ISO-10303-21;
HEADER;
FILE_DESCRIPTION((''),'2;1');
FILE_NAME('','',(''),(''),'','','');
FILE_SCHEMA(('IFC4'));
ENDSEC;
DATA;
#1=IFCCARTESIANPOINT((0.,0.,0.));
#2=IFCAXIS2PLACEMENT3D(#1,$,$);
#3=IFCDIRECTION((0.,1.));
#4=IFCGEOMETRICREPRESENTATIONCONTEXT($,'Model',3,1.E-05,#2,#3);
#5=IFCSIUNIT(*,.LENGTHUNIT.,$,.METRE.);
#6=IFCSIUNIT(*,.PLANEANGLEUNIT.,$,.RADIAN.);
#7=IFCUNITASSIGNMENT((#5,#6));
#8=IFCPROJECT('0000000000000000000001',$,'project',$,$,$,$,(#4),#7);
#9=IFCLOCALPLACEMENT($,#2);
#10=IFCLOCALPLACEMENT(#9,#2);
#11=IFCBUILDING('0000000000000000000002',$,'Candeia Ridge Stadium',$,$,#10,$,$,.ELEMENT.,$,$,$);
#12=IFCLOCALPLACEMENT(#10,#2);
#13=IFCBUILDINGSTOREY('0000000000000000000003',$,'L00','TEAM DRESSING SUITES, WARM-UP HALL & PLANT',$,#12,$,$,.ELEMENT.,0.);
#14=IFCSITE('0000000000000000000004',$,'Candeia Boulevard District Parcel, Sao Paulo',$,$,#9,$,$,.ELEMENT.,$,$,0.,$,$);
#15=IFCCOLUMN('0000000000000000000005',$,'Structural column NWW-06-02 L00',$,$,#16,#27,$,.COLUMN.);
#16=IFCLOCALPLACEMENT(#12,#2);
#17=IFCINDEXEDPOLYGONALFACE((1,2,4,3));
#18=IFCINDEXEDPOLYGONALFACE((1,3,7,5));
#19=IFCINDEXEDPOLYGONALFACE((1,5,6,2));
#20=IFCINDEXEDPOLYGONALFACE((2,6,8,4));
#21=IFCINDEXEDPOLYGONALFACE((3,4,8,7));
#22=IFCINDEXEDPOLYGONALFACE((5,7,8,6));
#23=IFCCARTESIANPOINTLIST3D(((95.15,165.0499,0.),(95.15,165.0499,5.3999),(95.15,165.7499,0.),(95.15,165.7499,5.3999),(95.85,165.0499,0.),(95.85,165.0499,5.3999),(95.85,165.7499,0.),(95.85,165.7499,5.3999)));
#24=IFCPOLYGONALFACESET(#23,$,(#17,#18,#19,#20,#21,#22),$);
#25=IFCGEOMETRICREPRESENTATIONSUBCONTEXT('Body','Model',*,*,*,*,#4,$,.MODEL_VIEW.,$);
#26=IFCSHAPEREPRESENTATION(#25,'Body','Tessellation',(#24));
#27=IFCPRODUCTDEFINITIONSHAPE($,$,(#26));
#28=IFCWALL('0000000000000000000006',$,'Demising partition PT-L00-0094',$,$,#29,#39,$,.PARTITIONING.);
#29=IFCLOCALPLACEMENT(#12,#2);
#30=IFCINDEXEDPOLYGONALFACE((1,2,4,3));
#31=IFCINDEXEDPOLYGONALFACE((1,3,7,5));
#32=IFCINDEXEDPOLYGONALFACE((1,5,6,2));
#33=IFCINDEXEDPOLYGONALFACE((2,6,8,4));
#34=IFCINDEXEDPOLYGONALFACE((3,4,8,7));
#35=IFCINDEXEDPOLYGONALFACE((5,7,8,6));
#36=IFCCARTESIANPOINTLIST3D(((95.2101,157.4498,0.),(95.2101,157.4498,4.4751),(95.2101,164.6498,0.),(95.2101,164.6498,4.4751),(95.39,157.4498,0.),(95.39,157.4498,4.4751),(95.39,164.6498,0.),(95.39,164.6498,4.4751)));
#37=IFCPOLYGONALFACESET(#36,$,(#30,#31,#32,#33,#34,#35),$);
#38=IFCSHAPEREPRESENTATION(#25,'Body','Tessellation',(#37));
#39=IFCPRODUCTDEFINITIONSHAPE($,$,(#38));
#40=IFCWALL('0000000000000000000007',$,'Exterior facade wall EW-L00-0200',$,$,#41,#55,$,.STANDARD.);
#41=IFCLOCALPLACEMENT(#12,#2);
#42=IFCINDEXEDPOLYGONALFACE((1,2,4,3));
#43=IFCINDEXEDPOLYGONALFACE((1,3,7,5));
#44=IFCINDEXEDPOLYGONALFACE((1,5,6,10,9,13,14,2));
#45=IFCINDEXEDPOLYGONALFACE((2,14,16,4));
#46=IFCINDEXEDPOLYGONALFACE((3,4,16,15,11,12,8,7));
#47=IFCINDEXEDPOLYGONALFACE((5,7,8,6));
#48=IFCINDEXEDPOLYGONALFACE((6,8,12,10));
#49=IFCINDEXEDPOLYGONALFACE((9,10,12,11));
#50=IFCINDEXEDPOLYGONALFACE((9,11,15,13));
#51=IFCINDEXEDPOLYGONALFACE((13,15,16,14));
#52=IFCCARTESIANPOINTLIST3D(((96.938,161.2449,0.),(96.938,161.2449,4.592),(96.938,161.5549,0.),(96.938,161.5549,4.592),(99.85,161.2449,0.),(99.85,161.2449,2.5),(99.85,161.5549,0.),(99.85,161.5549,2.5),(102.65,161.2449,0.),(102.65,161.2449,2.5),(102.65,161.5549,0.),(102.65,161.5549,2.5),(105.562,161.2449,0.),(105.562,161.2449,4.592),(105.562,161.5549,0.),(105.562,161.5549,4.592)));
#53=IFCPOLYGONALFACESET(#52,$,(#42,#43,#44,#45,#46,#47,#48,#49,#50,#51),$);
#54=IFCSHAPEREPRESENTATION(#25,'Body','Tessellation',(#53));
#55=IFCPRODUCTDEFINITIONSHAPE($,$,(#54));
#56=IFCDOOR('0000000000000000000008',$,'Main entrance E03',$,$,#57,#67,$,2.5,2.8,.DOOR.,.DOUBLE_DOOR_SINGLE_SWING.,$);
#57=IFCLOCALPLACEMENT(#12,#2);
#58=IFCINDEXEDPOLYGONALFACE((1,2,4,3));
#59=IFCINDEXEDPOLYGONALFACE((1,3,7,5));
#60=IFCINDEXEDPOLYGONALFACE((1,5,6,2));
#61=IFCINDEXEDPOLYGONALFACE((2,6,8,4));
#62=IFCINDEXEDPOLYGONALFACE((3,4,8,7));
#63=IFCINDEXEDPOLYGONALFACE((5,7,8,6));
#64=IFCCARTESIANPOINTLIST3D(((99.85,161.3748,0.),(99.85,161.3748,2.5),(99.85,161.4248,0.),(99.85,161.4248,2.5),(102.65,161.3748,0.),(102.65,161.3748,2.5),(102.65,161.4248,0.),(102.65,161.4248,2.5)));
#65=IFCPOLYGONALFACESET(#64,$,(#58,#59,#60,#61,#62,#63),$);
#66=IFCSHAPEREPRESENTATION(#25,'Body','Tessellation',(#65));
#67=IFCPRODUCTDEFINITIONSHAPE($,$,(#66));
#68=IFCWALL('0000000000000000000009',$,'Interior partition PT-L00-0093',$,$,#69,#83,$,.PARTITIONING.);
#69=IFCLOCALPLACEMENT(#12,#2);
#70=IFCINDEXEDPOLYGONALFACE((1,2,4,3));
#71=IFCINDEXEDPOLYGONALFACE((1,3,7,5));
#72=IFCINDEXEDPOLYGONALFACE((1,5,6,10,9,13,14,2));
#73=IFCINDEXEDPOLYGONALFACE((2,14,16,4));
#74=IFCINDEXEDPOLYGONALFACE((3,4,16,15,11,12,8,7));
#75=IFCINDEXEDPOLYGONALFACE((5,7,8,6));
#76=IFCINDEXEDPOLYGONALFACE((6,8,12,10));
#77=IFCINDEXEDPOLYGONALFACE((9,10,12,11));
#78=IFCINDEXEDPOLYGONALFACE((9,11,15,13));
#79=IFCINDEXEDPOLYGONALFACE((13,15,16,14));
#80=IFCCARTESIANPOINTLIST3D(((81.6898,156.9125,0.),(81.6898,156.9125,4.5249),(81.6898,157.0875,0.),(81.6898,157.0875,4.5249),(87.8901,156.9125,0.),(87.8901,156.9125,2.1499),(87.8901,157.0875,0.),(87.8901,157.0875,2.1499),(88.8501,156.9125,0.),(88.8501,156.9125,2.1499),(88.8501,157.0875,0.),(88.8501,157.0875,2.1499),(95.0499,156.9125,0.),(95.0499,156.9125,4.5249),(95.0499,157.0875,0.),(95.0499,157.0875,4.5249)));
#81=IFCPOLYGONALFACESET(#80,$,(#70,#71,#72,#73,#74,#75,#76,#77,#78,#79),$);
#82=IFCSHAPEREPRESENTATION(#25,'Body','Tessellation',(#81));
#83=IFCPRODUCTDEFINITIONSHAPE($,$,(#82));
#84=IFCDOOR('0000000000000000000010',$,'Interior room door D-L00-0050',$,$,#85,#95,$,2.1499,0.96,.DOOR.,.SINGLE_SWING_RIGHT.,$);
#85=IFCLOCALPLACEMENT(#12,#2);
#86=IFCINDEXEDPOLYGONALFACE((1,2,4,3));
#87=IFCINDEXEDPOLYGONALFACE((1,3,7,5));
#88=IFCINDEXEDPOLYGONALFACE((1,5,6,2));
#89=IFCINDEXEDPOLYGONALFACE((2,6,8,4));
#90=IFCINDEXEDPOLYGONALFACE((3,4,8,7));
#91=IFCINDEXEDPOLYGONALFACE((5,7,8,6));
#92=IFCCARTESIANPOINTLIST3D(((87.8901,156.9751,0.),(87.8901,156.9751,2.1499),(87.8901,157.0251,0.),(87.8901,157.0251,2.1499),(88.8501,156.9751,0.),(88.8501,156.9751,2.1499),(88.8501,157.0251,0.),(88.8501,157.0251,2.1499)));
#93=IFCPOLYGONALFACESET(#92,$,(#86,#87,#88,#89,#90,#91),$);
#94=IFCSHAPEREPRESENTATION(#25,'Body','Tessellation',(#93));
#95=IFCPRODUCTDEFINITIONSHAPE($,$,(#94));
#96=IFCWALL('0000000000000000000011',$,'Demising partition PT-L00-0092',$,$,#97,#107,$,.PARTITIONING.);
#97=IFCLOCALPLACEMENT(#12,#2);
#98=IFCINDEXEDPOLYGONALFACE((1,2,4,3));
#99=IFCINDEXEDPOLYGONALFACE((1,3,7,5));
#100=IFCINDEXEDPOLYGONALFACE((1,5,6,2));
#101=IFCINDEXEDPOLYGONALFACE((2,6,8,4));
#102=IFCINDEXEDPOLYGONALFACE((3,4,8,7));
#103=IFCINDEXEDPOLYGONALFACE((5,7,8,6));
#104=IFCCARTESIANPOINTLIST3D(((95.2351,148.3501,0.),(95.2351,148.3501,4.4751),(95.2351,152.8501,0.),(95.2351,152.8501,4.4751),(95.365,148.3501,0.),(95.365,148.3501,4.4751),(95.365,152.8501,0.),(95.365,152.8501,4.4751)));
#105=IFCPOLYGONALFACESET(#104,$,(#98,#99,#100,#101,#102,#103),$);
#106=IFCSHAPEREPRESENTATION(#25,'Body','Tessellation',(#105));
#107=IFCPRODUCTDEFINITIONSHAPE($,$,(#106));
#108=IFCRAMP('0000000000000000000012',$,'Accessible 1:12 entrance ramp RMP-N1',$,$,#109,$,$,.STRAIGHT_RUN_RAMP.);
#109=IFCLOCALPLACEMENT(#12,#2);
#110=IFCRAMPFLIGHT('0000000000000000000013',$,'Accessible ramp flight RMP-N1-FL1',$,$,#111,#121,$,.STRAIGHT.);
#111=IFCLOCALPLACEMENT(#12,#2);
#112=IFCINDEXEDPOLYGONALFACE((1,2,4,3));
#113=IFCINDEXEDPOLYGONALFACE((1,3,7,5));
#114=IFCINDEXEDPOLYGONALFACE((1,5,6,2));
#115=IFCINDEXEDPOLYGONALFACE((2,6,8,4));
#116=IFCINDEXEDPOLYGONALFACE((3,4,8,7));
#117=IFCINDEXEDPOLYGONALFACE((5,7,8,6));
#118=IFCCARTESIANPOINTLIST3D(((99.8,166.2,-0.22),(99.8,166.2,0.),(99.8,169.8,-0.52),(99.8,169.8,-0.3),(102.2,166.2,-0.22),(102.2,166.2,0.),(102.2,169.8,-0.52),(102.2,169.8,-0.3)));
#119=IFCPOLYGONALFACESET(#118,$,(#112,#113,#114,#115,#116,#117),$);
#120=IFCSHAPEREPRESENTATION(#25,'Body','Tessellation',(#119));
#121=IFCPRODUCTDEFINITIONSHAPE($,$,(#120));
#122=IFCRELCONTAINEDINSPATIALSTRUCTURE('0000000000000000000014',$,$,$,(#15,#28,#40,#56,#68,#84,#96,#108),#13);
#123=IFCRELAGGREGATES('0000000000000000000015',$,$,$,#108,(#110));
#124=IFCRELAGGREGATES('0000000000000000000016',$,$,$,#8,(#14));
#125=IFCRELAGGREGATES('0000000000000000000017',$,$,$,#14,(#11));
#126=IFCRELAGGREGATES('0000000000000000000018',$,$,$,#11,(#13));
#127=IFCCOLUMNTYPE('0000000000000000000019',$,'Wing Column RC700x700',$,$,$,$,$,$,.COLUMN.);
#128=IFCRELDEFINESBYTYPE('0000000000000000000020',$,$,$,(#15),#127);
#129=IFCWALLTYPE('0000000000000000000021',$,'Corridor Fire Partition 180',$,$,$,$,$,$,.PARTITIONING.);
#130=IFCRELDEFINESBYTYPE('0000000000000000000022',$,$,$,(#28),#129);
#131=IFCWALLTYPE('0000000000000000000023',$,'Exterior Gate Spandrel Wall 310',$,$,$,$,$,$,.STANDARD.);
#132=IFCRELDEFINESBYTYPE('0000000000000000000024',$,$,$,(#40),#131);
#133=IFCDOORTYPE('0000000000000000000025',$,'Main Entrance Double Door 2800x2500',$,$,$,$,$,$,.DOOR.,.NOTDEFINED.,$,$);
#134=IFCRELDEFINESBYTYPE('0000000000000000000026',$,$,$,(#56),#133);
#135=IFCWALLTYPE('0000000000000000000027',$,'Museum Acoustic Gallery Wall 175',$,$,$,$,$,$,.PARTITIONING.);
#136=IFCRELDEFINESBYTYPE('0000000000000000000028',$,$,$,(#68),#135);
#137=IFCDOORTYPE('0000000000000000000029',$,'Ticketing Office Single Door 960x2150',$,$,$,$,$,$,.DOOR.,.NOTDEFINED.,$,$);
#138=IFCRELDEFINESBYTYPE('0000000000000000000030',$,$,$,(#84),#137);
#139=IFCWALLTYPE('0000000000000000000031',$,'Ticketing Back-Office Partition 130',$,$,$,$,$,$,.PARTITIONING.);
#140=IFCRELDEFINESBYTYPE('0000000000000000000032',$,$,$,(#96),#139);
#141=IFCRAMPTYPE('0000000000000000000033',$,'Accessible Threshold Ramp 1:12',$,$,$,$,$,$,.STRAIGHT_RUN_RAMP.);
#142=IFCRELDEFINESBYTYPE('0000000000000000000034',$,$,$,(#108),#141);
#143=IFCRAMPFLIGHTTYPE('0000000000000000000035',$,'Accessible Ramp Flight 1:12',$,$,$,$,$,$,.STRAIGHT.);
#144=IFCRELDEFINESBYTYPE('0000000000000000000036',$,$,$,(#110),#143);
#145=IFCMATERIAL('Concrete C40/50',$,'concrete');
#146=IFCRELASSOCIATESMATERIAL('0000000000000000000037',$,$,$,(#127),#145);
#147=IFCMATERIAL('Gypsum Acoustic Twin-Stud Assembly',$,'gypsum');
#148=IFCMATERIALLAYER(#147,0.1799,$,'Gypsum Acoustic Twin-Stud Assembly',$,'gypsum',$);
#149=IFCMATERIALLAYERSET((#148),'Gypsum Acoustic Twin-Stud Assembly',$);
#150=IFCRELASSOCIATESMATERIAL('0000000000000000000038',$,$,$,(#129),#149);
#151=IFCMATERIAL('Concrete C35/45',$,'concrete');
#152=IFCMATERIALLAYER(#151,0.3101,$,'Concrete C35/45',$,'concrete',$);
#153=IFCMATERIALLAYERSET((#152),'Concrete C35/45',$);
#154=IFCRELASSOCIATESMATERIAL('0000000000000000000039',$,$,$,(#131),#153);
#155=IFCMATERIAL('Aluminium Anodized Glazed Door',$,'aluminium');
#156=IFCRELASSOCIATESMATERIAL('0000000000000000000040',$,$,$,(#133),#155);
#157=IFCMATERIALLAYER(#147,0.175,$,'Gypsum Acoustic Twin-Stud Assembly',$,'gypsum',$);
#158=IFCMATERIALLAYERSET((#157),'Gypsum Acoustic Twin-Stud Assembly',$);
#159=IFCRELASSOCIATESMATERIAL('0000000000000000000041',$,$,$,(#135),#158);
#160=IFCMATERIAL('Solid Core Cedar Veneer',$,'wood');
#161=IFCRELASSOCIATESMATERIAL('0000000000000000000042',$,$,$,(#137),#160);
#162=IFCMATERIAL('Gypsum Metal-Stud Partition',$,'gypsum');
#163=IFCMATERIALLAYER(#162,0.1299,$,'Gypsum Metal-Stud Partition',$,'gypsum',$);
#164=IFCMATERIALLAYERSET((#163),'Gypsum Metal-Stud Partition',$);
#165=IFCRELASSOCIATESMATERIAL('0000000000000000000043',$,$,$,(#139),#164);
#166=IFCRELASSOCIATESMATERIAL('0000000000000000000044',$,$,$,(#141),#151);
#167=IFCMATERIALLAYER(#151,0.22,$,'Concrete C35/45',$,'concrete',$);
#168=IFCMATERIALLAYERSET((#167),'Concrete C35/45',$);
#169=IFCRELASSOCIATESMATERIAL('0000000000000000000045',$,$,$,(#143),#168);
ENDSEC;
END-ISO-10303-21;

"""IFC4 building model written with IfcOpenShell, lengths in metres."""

from ifc_helpers import new_model, si_unit, direction, frame, frame_2d, origin, origin_2d, place, context, subcontext, project, spatial, polyline, rectangle, outline, extrude, material, layer, layer_set, material_profile, profile_set, type_object, element, fill, aggregate, save


model = new_model("IFC4")

# Units and contexts
model_context = context("Model", 3, precision=1e-05, world=origin(), true_north=direction((0.0, 1.0)))
body_context = subcontext(model_context, "Body", "Model", "MODEL_VIEW")
ifc_project = project(units=[si_unit("LENGTHUNIT", "METRE"), si_unit("PLANEANGLEUNIT", "RADIAN")], contexts=[model_context])

# Site, building, storey
site_placement = place(None, origin())
site = spatial("IfcSite", under=ifc_project, at=site_placement, Name="Candeia Boulevard District Parcel, Sao Paulo", CompositionType="ELEMENT", RefElevation=0.0)
building_placement = place(site_placement, origin())
building = spatial("IfcBuilding", under=site, at=building_placement, Name="Candeia Ridge Stadium", CompositionType="ELEMENT")
storey_placement = place(building_placement, origin())
storey = spatial("IfcBuildingStorey", under=building, at=storey_placement, Name="L00", Description="TEAM DRESSING SUITES, WARM-UP HALL & PLANT", CompositionType="ELEMENT", Elevation=0.0)

# Shared definitions
ifc_material_1 = material(Name="Concrete C40/50", Category="concrete")

# Column
ifc_material_profile_1 = material_profile(ifc_material_1, rectangle(XDim=0.7, YDim=0.7, at=origin_2d()), Name="RC700x700", Category="concrete")
ifc_profile_set_1 = profile_set([ifc_material_profile_1], Name="Concrete C40/50")
column_type_1 = type_object("IfcColumnType", Name="Wing Column RC700x700", PredefinedType="COLUMN", material=ifc_profile_set_1)
column_placement = place(storey_placement, frame((95.5, 165.3999, 0.0), z_axis=(0.0, 0.0, 1.0), x_axis=(1.0, 0.0, 0.0)))
element("IfcColumn", 1, at=column_placement, inside=storey, type_object=column_type_1, Name="Structural column NWW-06-02 L00", PredefinedType="COLUMN", context=body_context, shape_type="SweptSolid", body=[
    extrude(rectangle(XDim=0.7, YDim=0.7, at=origin_2d()), origin(), (0.0, 0.0, 1.0), 5.3999),
])

# Wall
ifc_material_2 = material(Name="Gypsum Acoustic Twin-Stud Assembly", Category="gypsum")
ifc_layer_1 = layer(ifc_material_2, 0.1799, Name="Gypsum Acoustic Twin-Stud Assembly", Category="gypsum")
ifc_layer_set_1 = layer_set([ifc_layer_1], Name="Gypsum Acoustic Twin-Stud Assembly")
wall_type_1 = type_object("IfcWallType", Name="Corridor Fire Partition 180", PredefinedType="PARTITIONING", material=ifc_layer_set_1)
wall_1_placement = place(storey_placement, frame((95.3, 164.6499, 0.0), z_axis=(0.0, 0.0, 1.0), x_axis=(0.0, -1.0, 0.0)))
element("IfcWall", 2, at=wall_1_placement, inside=storey, type_object=wall_type_1, Name="Demising partition PT-L00-0094", PredefinedType="PARTITIONING", context=body_context, shape_type="SweptSolid", body=[
    extrude(rectangle(XDim=7.2, YDim=0.1799, at=frame_2d((3.6001, 0.0))), origin(), (0.0, 0.0, 1.0), 4.4751),
])

# Walls, openings, doors
ifc_material_3 = material(Name="Concrete C35/45", Category="concrete")
ifc_layer_2 = layer(ifc_material_3, 0.3101, Name="Concrete C35/45", Category="concrete")
ifc_layer_set_2 = layer_set([ifc_layer_2], Name="Concrete C35/45")
wall_type_2 = type_object("IfcWallType", Name="Exterior Gate Spandrel Wall 310", PredefinedType="STANDARD", material=ifc_layer_set_2)
wall_2_placement = place(storey_placement, frame((96.938, 161.3999, 0.0), z_axis=(0.0, 0.0, 1.0), x_axis=(1.0, 0.0, 0.0)))
wall_2 = element("IfcWall", 3, at=wall_2_placement, inside=storey, type_object=wall_type_2, Name="Exterior facade wall EW-L00-0200", PredefinedType="STANDARD", context=body_context, shape_type="SweptSolid", body=[
    extrude(rectangle(XDim=8.624, YDim=0.3101, at=frame_2d((4.312, 0.0))), origin(), (0.0, 0.0, 1.0), 4.592),
])
opening_1_placement = place(wall_2_placement, frame((2.9121, 0.0, 0.0)))
opening_1 = element("IfcOpeningElement", 4, at=opening_1_placement, cuts=wall_2, PredefinedType="OPENING", context=body_context, shape_type="SweptSolid", body=[
    extrude(rectangle(XDim=2.8, YDim=2.5, at=frame_2d((1.3999, 1.25))), frame((0.0, 0.165, 0.0), z_axis=(0.0, -1.0, 0.0), x_axis=(1.0, 0.0, 0.0)), (0.0, 0.0, 1.0), 0.3301),
])
ifc_material_4 = material(Name="Aluminium Anodized Glazed Door", Category="aluminium")
door_type_1 = type_object("IfcDoorType", Name="Main Entrance Double Door 2800x2500", OperationType="NOTDEFINED", PredefinedType="DOOR", material=ifc_material_4)
door_1_placement = place(opening_1_placement, origin())
door_1 = element("IfcDoor", 5, at=door_1_placement, inside=storey, type_object=door_type_1, Name="Main entrance E03", OperationType="DOUBLE_DOOR_SINGLE_SWING", OverallHeight=2.5, OverallWidth=2.8, PredefinedType="DOOR", context=body_context, shape_type="SweptSolid", body=[
    extrude(rectangle(XDim=2.8, YDim=2.5, at=frame_2d((1.3999, 1.25))), frame((0.0, 0.0249, 0.0), z_axis=(0.0, -1.0, 0.0), x_axis=(1.0, 0.0, 0.0)), (0.0, 0.0, 1.0), 0.05),
])
fill(opening_1, door_1)
ifc_layer_3 = layer(ifc_material_2, 0.175, Name="Gypsum Acoustic Twin-Stud Assembly", Category="gypsum")
ifc_layer_set_3 = layer_set([ifc_layer_3], Name="Gypsum Acoustic Twin-Stud Assembly")
wall_type_3 = type_object("IfcWallType", Name="Museum Acoustic Gallery Wall 175", PredefinedType="PARTITIONING", material=ifc_layer_set_3)
wall_3_placement = place(storey_placement, frame((95.05, 157.0, 0.0), z_axis=(0.0, 0.0, 1.0), x_axis=(-1.0, 0.0, 0.0)))
wall_3 = element("IfcWall", 6, at=wall_3_placement, inside=storey, type_object=wall_type_3, Name="Interior partition PT-L00-0093", PredefinedType="PARTITIONING", context=body_context, shape_type="SweptSolid", body=[
    extrude(rectangle(XDim=13.3601, YDim=0.175, at=frame_2d((6.6802, 0.0))), origin(), (0.0, 0.0, 1.0), 4.5249),
])
opening_2_placement = place(wall_3_placement, frame((6.2, 0.0, 0.0)))
opening_2 = element("IfcOpeningElement", 7, at=opening_2_placement, cuts=wall_3, PredefinedType="OPENING", context=body_context, shape_type="SweptSolid", body=[
    extrude(rectangle(XDim=0.96, YDim=2.1499, at=frame_2d((0.48, 1.075))), frame((0.0, 0.0974, 0.0), z_axis=(0.0, -1.0, 0.0), x_axis=(1.0, 0.0, 0.0)), (0.0, 0.0, 1.0), 0.1951),
])
ifc_material_5 = material(Name="Solid Core Cedar Veneer", Category="wood")
door_type_2 = type_object("IfcDoorType", Name="Ticketing Office Single Door 960x2150", OperationType="NOTDEFINED", PredefinedType="DOOR", material=ifc_material_5)
door_2_placement = place(opening_2_placement, origin())
door_2 = element("IfcDoor", 8, at=door_2_placement, inside=storey, type_object=door_type_2, Name="Interior room door D-L00-0050", OperationType="SINGLE_SWING_RIGHT", OverallHeight=2.1499, OverallWidth=0.96, PredefinedType="DOOR", context=body_context, shape_type="SweptSolid", body=[
    extrude(rectangle(XDim=0.96, YDim=2.1499, at=frame_2d((0.48, 1.075))), frame((0.0, 0.0249, 0.0), z_axis=(0.0, -1.0, 0.0), x_axis=(1.0, 0.0, 0.0)), (0.0, 0.0, 1.0), 0.05),
])
fill(opening_2, door_2)

# Wall
ifc_material_6 = material(Name="Gypsum Metal-Stud Partition", Category="gypsum")
ifc_layer_4 = layer(ifc_material_6, 0.1299, Name="Gypsum Metal-Stud Partition", Category="gypsum")
ifc_layer_set_4 = layer_set([ifc_layer_4], Name="Gypsum Metal-Stud Partition")
wall_type_4 = type_object("IfcWallType", Name="Ticketing Back-Office Partition 130", PredefinedType="PARTITIONING", material=ifc_layer_set_4)
wall_4_placement = place(storey_placement, frame((95.3, 152.8501, 0.0), z_axis=(0.0, 0.0, 1.0), x_axis=(0.0, -1.0, 0.0)))
element("IfcWall", 9, at=wall_4_placement, inside=storey, type_object=wall_type_4, Name="Demising partition PT-L00-0092", PredefinedType="PARTITIONING", context=body_context, shape_type="SweptSolid", body=[
    extrude(rectangle(XDim=4.5, YDim=0.1299, at=frame_2d((2.25, 0.0))), origin(), (0.0, 0.0, 1.0), 4.4751),
])

# Ramp, ramp flight
ramp_type = type_object("IfcRampType", Name="Accessible Threshold Ramp 1:12", PredefinedType="STRAIGHT_RUN_RAMP", material=ifc_material_3)
ramp_placement = place(storey_placement, origin())
ramp = element("IfcRamp", 10, at=ramp_placement, inside=storey, type_object=ramp_type, Name="Accessible 1:12 entrance ramp RMP-N1", PredefinedType="STRAIGHT_RUN_RAMP")
ifc_layer_5 = layer(ifc_material_3, 0.22, Name="Concrete C35/45", Category="concrete")
ifc_layer_set_5 = layer_set([ifc_layer_5], Name="Concrete C35/45")
ramp_flight_type = type_object("IfcRampFlightType", Name="Accessible Ramp Flight 1:12", PredefinedType="STRAIGHT", material=ifc_layer_set_5)
ramp_flight_placement = place(storey_placement, frame((101.0, 169.8, -0.3), z_axis=(0.0, 0.0, 1.0), x_axis=(0.0, -1.0, 0.0)))
ramp_flight = element("IfcRampFlight", 11, at=ramp_flight_placement, type_object=ramp_flight_type, Name="Accessible ramp flight RMP-N1-FL1", PredefinedType="STRAIGHT", context=body_context, shape_type="SweptSolid", body=[
    extrude(outline(polyline([(0.0, 0.0), (3.6001, 0.3), (3.6001, 0.0801), (0.0, -0.22), (0.0, 0.0)])), frame((0.0, 1.2, 0.0), z_axis=(0.0, -1.0, 0.0), x_axis=(1.0, 0.0, 0.0)), (0.0, 0.0, 1.0), 2.3999),
])
aggregate(ramp, [ramp_flight])

save(model, "model.ifc")
